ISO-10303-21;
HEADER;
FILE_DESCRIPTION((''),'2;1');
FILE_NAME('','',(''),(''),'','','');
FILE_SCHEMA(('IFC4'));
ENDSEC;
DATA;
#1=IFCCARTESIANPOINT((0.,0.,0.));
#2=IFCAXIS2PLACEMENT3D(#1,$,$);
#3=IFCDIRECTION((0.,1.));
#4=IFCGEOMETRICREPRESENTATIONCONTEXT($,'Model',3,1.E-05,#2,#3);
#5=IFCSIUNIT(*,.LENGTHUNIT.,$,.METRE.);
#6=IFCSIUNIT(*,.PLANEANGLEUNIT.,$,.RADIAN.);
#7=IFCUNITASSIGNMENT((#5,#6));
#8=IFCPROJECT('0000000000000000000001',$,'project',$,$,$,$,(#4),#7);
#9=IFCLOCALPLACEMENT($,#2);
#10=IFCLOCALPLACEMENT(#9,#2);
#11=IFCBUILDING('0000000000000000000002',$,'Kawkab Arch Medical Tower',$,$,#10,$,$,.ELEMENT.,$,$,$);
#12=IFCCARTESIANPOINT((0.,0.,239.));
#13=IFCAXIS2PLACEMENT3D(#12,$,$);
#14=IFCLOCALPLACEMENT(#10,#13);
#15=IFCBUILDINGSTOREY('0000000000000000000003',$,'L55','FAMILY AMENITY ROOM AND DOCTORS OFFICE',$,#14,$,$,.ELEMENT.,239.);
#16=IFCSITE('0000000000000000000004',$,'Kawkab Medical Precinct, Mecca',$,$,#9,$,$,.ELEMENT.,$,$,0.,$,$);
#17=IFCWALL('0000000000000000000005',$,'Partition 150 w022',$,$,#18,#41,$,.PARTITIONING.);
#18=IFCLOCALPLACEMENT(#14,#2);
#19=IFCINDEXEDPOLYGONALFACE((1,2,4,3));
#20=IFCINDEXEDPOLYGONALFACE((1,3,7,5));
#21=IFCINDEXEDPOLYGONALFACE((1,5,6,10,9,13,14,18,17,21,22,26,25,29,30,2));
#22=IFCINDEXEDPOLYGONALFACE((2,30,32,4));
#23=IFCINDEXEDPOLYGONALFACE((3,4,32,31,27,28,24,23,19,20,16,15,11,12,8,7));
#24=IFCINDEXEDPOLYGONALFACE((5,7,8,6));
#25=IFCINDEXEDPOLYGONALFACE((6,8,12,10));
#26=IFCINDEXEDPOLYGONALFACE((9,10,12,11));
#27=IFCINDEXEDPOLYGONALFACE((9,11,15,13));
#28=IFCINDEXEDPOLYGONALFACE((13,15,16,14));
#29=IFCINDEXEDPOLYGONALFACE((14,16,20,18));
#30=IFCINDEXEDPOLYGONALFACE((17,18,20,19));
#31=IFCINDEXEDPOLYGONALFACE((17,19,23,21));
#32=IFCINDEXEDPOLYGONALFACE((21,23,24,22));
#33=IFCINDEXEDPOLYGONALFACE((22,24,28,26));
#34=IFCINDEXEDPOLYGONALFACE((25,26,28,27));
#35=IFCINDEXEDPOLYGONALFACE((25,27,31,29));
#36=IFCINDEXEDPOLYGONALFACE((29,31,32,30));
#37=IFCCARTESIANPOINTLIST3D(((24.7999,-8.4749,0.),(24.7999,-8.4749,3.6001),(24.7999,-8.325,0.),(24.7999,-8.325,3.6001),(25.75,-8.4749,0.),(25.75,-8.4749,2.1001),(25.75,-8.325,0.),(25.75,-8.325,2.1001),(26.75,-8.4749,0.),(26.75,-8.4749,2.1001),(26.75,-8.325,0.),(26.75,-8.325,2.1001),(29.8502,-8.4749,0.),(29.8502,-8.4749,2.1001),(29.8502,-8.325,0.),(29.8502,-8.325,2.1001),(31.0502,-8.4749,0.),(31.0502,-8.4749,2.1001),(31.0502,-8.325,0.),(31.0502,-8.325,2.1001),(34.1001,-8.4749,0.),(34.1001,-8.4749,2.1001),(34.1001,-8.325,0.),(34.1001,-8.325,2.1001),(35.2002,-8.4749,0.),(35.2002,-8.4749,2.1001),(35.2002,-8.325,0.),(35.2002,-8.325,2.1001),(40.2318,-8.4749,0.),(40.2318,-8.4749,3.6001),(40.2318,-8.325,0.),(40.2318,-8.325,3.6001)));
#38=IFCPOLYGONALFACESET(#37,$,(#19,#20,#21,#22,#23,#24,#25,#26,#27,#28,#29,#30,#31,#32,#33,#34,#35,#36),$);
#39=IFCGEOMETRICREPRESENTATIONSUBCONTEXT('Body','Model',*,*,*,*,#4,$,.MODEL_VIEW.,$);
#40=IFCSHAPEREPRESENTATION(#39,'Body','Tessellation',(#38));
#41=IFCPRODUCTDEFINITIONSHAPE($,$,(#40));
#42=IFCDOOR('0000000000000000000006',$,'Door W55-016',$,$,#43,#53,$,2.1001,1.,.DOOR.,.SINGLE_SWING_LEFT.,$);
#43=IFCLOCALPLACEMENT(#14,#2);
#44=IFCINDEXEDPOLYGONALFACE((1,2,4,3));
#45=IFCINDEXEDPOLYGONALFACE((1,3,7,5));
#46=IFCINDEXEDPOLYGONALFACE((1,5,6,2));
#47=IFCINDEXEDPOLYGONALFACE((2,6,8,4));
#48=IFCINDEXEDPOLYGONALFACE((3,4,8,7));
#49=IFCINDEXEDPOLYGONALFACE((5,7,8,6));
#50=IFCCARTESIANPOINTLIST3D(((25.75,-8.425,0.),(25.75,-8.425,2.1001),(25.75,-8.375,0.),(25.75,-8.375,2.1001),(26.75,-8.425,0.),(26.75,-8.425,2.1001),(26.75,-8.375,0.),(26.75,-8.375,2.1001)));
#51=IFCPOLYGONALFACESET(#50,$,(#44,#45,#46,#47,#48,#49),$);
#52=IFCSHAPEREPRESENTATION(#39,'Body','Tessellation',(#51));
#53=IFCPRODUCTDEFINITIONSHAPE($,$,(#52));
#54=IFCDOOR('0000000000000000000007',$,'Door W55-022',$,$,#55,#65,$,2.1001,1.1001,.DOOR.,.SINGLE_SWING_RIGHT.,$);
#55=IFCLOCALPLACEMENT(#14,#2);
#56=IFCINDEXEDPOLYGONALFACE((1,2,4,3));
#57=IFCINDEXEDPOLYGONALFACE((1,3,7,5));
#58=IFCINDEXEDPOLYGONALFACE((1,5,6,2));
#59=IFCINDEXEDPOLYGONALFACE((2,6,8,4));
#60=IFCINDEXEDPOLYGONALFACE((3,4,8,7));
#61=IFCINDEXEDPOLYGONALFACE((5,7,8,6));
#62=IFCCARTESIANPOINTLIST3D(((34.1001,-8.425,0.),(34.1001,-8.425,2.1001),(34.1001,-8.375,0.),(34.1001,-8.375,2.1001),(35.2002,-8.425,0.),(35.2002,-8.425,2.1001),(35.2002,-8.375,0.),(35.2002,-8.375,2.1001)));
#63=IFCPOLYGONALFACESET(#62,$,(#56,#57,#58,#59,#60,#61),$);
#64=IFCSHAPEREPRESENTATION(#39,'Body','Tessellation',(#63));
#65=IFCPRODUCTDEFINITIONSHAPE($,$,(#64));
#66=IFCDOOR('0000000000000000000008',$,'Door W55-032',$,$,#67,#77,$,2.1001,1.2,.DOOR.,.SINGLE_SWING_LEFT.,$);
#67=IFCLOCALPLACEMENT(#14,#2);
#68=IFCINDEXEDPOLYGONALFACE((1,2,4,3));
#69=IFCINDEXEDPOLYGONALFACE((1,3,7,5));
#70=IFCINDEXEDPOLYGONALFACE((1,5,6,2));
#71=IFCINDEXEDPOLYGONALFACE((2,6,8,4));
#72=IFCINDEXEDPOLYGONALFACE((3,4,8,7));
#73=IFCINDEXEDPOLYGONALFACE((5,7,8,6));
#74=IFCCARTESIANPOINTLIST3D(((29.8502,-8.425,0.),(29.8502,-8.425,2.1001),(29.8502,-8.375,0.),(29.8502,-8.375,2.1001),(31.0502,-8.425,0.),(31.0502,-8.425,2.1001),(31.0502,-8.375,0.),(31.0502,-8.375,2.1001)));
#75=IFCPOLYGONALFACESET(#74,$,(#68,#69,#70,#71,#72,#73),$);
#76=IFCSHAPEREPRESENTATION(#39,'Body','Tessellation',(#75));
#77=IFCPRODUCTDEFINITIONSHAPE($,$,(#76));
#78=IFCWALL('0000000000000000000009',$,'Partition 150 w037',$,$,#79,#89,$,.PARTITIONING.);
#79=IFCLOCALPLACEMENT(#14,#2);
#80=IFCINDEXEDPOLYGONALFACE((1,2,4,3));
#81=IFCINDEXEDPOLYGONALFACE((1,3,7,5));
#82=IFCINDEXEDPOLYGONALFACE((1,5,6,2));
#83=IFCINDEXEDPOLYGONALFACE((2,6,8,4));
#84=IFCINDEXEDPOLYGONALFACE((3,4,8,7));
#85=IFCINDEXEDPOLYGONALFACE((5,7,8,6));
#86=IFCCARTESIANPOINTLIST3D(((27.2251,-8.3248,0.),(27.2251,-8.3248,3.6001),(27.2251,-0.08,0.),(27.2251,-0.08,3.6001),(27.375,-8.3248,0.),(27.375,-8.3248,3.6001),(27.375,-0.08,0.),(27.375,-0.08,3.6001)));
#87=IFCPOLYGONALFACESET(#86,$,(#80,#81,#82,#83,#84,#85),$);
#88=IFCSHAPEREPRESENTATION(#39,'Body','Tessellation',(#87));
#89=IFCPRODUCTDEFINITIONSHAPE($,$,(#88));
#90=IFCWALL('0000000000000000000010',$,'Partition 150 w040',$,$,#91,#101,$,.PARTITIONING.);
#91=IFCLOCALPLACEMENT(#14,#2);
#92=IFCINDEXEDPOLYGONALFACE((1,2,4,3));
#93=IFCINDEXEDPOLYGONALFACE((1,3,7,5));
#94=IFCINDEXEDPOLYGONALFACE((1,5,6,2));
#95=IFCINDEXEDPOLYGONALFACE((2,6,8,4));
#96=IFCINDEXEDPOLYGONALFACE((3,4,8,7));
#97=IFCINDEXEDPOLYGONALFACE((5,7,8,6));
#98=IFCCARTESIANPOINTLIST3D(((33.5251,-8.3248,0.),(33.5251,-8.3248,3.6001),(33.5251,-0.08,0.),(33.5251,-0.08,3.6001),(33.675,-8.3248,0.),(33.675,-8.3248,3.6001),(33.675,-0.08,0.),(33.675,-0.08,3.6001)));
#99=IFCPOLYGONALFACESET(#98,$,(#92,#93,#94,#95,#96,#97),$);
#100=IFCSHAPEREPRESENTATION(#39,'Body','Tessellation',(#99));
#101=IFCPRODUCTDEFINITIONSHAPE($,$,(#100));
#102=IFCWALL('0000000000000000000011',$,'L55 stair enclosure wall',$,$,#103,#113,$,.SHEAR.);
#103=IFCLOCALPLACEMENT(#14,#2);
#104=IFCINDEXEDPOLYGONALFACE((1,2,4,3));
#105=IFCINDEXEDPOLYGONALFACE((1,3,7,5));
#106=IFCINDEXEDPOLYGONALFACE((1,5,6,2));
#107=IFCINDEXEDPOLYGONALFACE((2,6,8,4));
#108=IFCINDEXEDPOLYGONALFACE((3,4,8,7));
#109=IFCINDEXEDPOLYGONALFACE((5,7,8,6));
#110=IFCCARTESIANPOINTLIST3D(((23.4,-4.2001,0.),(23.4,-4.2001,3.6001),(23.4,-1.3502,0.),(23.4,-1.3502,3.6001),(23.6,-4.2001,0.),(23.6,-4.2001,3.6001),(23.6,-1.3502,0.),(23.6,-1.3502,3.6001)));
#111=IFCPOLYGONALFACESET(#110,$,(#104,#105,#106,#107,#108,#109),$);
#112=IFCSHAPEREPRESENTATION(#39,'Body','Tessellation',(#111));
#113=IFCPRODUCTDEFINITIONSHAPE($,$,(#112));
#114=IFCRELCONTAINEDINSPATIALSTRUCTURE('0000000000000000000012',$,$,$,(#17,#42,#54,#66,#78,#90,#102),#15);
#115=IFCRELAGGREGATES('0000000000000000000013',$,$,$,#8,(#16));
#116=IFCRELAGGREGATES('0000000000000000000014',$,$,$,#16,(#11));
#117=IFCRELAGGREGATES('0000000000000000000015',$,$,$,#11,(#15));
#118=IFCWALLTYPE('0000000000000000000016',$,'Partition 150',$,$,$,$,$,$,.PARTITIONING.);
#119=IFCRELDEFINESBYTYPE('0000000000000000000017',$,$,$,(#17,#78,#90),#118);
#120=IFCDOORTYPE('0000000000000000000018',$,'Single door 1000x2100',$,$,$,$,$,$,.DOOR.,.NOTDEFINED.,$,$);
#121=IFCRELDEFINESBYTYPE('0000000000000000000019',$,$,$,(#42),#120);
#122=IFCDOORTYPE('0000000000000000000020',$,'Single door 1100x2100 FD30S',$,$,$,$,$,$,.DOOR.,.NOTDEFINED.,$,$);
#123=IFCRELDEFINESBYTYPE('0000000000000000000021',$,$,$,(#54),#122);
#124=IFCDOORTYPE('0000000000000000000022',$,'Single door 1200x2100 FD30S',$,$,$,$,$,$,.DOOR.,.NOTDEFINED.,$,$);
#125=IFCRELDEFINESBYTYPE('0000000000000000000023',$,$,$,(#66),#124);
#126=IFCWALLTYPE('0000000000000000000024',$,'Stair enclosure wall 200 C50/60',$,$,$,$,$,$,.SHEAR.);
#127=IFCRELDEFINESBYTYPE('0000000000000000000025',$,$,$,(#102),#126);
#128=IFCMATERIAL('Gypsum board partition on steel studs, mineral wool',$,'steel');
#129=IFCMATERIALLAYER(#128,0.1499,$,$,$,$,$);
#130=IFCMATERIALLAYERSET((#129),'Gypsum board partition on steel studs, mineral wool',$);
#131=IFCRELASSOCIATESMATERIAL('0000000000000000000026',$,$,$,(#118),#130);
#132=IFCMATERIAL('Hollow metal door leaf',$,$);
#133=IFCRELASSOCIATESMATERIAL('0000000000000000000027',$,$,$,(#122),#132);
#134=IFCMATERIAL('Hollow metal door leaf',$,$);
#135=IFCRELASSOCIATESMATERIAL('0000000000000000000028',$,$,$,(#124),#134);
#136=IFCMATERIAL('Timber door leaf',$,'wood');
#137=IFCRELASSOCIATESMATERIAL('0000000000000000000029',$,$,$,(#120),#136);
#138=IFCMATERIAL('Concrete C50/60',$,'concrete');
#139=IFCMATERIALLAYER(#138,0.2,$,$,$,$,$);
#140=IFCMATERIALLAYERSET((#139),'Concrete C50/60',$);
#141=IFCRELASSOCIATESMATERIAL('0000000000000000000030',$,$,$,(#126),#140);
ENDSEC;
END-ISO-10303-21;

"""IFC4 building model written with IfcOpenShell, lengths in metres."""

from ifc_helpers import new_model, si_unit, direction, frame, frame_2d, origin, place, context, subcontext, project, spatial, rectangle, extrude, material, layer, layer_set, type_object, element, fill, save


model = new_model("IFC4")

# Units and contexts
model_context = context("Model", 3, precision=1e-05, world=origin(), true_north=direction((0.0, 1.0)))
body_context = subcontext(model_context, "Body", "Model", "MODEL_VIEW")
ifc_project = project(units=[si_unit("LENGTHUNIT", "METRE"), si_unit("PLANEANGLEUNIT", "RADIAN")], contexts=[model_context])

# Site, building, storey
site_placement = place(None, origin())
site = spatial("IfcSite", under=ifc_project, at=site_placement, Name="Kawkab Medical Precinct, Mecca", CompositionType="ELEMENT", RefElevation=0.0)
building_placement = place(site_placement, origin())
building = spatial("IfcBuilding", under=site, at=building_placement, Name="Kawkab Arch Medical Tower", CompositionType="ELEMENT")
storey_placement = place(building_placement, frame((0.0, 0.0, 239.0)))
storey = spatial("IfcBuildingStorey", under=building, at=storey_placement, Name="L55", Description="FAMILY AMENITY ROOM AND DOCTORS OFFICE", CompositionType="ELEMENT", Elevation=239.0)

# Shared definitions
ifc_material_1 = material(Name="Gypsum board partition on steel studs, mineral wool", Category="steel")
ifc_layer_1 = layer(ifc_material_1, 0.1499)
ifc_layer_set_1 = layer_set([ifc_layer_1], Name="Gypsum board partition on steel studs, mineral wool")
wall_type_1 = type_object("IfcWallType", Name="Partition 150", PredefinedType="PARTITIONING", material=ifc_layer_set_1)

# Wall, openings, doors
ifc_material_2 = material(Name="Hollow metal door leaf")
door_type_1 = type_object("IfcDoorType", Name="Single door 1100x2100 FD30S", OperationType="NOTDEFINED", PredefinedType="DOOR", material=ifc_material_2)
ifc_material_3 = material(Name="Hollow metal door leaf")
door_type_2 = type_object("IfcDoorType", Name="Single door 1200x2100 FD30S", OperationType="NOTDEFINED", PredefinedType="DOOR", material=ifc_material_3)
wall_1_placement = place(storey_placement, frame((24.8, -8.3999, 0.0), z_axis=(0.0, 0.0, 1.0), x_axis=(1.0, 0.0, 0.0)))
wall_1 = element("IfcWall", 1, at=wall_1_placement, inside=storey, type_object=wall_type_1, Name="Partition 150 w022", PredefinedType="PARTITIONING", context=body_context, shape_type="SweptSolid", body=[
    extrude(rectangle(XDim=15.4319, YDim=0.1499, at=frame_2d((7.7158, 0.0))), origin(), (0.0, 0.0, 1.0), 3.6001),
])
opening_1_placement = place(wall_1_placement, frame((9.3, 0.0, 0.0)))
opening_1 = element("IfcOpeningElement", 2, at=opening_1_placement, cuts=wall_1, PredefinedType="OPENING", context=body_context, shape_type="SweptSolid", body=[
    extrude(rectangle(XDim=1.1001, YDim=2.1001, at=frame_2d((0.55, 1.05))), frame((0.0, 0.085, 0.0), z_axis=(0.0, -1.0, 0.0), x_axis=(1.0, 0.0, 0.0)), (0.0, 0.0, 1.0), 0.1699),
])
opening_2_placement = place(wall_1_placement, frame((0.95, 0.0, 0.0)))
opening_2 = element("IfcOpeningElement", 3, at=opening_2_placement, cuts=wall_1, PredefinedType="OPENING", context=body_context, shape_type="SweptSolid", body=[
    extrude(rectangle(XDim=1.0, YDim=2.1001, at=frame_2d((0.5, 1.05))), frame((0.0, 0.085, 0.0), z_axis=(0.0, -1.0, 0.0), x_axis=(1.0, 0.0, 0.0)), (0.0, 0.0, 1.0), 0.1699),
])
opening_3_placement = place(wall_1_placement, frame((5.05, 0.0, 0.0)))
opening_3 = element("IfcOpeningElement", 4, at=opening_3_placement, cuts=wall_1, PredefinedType="OPENING", context=body_context, shape_type="SweptSolid", body=[
    extrude(rectangle(XDim=1.2, YDim=2.1001, at=frame_2d((0.6001, 1.05))), frame((0.0, 0.085, 0.0), z_axis=(0.0, -1.0, 0.0), x_axis=(1.0, 0.0, 0.0)), (0.0, 0.0, 1.0), 0.1699),
])
ifc_material_4 = material(Name="Timber door leaf", Category="wood")
door_type_3 = type_object("IfcDoorType", Name="Single door 1000x2100", OperationType="NOTDEFINED", PredefinedType="DOOR", material=ifc_material_4)
door_1_placement = place(opening_2_placement, origin())
door_1 = element("IfcDoor", 5, at=door_1_placement, inside=storey, type_object=door_type_3, Name="Door W55-016", OperationType="SINGLE_SWING_LEFT", OverallHeight=2.1001, OverallWidth=1.0, PredefinedType="DOOR", context=body_context, shape_type="SweptSolid", body=[
    extrude(rectangle(XDim=1.0, YDim=2.1001, at=frame_2d((0.5, 1.05))), frame((0.0, 0.0249, 0.0), z_axis=(0.0, -1.0, 0.0), x_axis=(1.0, 0.0, 0.0)), (0.0, 0.0, 1.0), 0.05),
])
fill(opening_2, door_1)
door_2_placement = place(opening_1_placement, origin())
door_2 = element("IfcDoor", 6, at=door_2_placement, inside=storey, type_object=door_type_1, Name="Door W55-022", OperationType="SINGLE_SWING_RIGHT", OverallHeight=2.1001, OverallWidth=1.1001, PredefinedType="DOOR", context=body_context, shape_type="SweptSolid", body=[
    extrude(rectangle(XDim=1.1001, YDim=2.1001, at=frame_2d((0.55, 1.05))), frame((0.0, 0.0249, 0.0), z_axis=(0.0, -1.0, 0.0), x_axis=(1.0, 0.0, 0.0)), (0.0, 0.0, 1.0), 0.05),
])
fill(opening_1, door_2)
door_3_placement = place(opening_3_placement, origin())
door_3 = element("IfcDoor", 7, at=door_3_placement, inside=storey, type_object=door_type_2, Name="Door W55-032", OperationType="SINGLE_SWING_LEFT", OverallHeight=2.1001, OverallWidth=1.2, PredefinedType="DOOR", context=body_context, shape_type="SweptSolid", body=[
    extrude(rectangle(XDim=1.2, YDim=2.1001, at=frame_2d((0.6001, 1.05))), frame((0.0, 0.0249, 0.0), z_axis=(0.0, -1.0, 0.0), x_axis=(1.0, 0.0, 0.0)), (0.0, 0.0, 1.0), 0.05),
])
fill(opening_3, door_3)

# Walls
for number, where, z_axis, x_axis, name in (
    (8, (27.3, -8.325, 0.0), (0.0, 0.0, 1.0), (0.0, 1.0, 0.0), "Partition 150 w037"),
    (9, (33.6001, -8.325, 0.0), (0.0, 0.0, 1.0), (0.0, 1.0, 0.0), "Partition 150 w040"),
):
    element("IfcWall", number, at=place(storey_placement, frame(where, z_axis=z_axis, x_axis=x_axis)), inside=storey, type_object=wall_type_1, Name=name, PredefinedType="PARTITIONING", context=body_context, shape_type="SweptSolid", body=[
        extrude(rectangle(XDim=8.2449, YDim=0.1499, at=frame_2d((4.1226, 0.0))), origin(), (0.0, 0.0, 1.0), 3.6001),
    ])
ifc_material_5 = material(Name="Concrete C50/60", Category="concrete")
ifc_layer_2 = layer(ifc_material_5, 0.2)
ifc_layer_set_2 = layer_set([ifc_layer_2], Name="Concrete C50/60")
wall_type_2 = type_object("IfcWallType", Name="Stair enclosure wall 200 C50/60", PredefinedType="SHEAR", material=ifc_layer_set_2)
wall_2_placement = place(storey_placement, frame((23.5, -4.2, 0.0), z_axis=(0.0, 0.0, 1.0), x_axis=(0.0, 1.0, 0.0)))
element("IfcWall", 10, at=wall_2_placement, inside=storey, type_object=wall_type_2, Name="L55 stair enclosure wall", PredefinedType="SHEAR", context=body_context, shape_type="SweptSolid", body=[
    extrude(rectangle(XDim=2.8499, YDim=0.2, at=frame_2d((1.4248, 0.0))), origin(), (0.0, 0.0, 1.0), 3.6001),
])

save(model, "model.ifc")
